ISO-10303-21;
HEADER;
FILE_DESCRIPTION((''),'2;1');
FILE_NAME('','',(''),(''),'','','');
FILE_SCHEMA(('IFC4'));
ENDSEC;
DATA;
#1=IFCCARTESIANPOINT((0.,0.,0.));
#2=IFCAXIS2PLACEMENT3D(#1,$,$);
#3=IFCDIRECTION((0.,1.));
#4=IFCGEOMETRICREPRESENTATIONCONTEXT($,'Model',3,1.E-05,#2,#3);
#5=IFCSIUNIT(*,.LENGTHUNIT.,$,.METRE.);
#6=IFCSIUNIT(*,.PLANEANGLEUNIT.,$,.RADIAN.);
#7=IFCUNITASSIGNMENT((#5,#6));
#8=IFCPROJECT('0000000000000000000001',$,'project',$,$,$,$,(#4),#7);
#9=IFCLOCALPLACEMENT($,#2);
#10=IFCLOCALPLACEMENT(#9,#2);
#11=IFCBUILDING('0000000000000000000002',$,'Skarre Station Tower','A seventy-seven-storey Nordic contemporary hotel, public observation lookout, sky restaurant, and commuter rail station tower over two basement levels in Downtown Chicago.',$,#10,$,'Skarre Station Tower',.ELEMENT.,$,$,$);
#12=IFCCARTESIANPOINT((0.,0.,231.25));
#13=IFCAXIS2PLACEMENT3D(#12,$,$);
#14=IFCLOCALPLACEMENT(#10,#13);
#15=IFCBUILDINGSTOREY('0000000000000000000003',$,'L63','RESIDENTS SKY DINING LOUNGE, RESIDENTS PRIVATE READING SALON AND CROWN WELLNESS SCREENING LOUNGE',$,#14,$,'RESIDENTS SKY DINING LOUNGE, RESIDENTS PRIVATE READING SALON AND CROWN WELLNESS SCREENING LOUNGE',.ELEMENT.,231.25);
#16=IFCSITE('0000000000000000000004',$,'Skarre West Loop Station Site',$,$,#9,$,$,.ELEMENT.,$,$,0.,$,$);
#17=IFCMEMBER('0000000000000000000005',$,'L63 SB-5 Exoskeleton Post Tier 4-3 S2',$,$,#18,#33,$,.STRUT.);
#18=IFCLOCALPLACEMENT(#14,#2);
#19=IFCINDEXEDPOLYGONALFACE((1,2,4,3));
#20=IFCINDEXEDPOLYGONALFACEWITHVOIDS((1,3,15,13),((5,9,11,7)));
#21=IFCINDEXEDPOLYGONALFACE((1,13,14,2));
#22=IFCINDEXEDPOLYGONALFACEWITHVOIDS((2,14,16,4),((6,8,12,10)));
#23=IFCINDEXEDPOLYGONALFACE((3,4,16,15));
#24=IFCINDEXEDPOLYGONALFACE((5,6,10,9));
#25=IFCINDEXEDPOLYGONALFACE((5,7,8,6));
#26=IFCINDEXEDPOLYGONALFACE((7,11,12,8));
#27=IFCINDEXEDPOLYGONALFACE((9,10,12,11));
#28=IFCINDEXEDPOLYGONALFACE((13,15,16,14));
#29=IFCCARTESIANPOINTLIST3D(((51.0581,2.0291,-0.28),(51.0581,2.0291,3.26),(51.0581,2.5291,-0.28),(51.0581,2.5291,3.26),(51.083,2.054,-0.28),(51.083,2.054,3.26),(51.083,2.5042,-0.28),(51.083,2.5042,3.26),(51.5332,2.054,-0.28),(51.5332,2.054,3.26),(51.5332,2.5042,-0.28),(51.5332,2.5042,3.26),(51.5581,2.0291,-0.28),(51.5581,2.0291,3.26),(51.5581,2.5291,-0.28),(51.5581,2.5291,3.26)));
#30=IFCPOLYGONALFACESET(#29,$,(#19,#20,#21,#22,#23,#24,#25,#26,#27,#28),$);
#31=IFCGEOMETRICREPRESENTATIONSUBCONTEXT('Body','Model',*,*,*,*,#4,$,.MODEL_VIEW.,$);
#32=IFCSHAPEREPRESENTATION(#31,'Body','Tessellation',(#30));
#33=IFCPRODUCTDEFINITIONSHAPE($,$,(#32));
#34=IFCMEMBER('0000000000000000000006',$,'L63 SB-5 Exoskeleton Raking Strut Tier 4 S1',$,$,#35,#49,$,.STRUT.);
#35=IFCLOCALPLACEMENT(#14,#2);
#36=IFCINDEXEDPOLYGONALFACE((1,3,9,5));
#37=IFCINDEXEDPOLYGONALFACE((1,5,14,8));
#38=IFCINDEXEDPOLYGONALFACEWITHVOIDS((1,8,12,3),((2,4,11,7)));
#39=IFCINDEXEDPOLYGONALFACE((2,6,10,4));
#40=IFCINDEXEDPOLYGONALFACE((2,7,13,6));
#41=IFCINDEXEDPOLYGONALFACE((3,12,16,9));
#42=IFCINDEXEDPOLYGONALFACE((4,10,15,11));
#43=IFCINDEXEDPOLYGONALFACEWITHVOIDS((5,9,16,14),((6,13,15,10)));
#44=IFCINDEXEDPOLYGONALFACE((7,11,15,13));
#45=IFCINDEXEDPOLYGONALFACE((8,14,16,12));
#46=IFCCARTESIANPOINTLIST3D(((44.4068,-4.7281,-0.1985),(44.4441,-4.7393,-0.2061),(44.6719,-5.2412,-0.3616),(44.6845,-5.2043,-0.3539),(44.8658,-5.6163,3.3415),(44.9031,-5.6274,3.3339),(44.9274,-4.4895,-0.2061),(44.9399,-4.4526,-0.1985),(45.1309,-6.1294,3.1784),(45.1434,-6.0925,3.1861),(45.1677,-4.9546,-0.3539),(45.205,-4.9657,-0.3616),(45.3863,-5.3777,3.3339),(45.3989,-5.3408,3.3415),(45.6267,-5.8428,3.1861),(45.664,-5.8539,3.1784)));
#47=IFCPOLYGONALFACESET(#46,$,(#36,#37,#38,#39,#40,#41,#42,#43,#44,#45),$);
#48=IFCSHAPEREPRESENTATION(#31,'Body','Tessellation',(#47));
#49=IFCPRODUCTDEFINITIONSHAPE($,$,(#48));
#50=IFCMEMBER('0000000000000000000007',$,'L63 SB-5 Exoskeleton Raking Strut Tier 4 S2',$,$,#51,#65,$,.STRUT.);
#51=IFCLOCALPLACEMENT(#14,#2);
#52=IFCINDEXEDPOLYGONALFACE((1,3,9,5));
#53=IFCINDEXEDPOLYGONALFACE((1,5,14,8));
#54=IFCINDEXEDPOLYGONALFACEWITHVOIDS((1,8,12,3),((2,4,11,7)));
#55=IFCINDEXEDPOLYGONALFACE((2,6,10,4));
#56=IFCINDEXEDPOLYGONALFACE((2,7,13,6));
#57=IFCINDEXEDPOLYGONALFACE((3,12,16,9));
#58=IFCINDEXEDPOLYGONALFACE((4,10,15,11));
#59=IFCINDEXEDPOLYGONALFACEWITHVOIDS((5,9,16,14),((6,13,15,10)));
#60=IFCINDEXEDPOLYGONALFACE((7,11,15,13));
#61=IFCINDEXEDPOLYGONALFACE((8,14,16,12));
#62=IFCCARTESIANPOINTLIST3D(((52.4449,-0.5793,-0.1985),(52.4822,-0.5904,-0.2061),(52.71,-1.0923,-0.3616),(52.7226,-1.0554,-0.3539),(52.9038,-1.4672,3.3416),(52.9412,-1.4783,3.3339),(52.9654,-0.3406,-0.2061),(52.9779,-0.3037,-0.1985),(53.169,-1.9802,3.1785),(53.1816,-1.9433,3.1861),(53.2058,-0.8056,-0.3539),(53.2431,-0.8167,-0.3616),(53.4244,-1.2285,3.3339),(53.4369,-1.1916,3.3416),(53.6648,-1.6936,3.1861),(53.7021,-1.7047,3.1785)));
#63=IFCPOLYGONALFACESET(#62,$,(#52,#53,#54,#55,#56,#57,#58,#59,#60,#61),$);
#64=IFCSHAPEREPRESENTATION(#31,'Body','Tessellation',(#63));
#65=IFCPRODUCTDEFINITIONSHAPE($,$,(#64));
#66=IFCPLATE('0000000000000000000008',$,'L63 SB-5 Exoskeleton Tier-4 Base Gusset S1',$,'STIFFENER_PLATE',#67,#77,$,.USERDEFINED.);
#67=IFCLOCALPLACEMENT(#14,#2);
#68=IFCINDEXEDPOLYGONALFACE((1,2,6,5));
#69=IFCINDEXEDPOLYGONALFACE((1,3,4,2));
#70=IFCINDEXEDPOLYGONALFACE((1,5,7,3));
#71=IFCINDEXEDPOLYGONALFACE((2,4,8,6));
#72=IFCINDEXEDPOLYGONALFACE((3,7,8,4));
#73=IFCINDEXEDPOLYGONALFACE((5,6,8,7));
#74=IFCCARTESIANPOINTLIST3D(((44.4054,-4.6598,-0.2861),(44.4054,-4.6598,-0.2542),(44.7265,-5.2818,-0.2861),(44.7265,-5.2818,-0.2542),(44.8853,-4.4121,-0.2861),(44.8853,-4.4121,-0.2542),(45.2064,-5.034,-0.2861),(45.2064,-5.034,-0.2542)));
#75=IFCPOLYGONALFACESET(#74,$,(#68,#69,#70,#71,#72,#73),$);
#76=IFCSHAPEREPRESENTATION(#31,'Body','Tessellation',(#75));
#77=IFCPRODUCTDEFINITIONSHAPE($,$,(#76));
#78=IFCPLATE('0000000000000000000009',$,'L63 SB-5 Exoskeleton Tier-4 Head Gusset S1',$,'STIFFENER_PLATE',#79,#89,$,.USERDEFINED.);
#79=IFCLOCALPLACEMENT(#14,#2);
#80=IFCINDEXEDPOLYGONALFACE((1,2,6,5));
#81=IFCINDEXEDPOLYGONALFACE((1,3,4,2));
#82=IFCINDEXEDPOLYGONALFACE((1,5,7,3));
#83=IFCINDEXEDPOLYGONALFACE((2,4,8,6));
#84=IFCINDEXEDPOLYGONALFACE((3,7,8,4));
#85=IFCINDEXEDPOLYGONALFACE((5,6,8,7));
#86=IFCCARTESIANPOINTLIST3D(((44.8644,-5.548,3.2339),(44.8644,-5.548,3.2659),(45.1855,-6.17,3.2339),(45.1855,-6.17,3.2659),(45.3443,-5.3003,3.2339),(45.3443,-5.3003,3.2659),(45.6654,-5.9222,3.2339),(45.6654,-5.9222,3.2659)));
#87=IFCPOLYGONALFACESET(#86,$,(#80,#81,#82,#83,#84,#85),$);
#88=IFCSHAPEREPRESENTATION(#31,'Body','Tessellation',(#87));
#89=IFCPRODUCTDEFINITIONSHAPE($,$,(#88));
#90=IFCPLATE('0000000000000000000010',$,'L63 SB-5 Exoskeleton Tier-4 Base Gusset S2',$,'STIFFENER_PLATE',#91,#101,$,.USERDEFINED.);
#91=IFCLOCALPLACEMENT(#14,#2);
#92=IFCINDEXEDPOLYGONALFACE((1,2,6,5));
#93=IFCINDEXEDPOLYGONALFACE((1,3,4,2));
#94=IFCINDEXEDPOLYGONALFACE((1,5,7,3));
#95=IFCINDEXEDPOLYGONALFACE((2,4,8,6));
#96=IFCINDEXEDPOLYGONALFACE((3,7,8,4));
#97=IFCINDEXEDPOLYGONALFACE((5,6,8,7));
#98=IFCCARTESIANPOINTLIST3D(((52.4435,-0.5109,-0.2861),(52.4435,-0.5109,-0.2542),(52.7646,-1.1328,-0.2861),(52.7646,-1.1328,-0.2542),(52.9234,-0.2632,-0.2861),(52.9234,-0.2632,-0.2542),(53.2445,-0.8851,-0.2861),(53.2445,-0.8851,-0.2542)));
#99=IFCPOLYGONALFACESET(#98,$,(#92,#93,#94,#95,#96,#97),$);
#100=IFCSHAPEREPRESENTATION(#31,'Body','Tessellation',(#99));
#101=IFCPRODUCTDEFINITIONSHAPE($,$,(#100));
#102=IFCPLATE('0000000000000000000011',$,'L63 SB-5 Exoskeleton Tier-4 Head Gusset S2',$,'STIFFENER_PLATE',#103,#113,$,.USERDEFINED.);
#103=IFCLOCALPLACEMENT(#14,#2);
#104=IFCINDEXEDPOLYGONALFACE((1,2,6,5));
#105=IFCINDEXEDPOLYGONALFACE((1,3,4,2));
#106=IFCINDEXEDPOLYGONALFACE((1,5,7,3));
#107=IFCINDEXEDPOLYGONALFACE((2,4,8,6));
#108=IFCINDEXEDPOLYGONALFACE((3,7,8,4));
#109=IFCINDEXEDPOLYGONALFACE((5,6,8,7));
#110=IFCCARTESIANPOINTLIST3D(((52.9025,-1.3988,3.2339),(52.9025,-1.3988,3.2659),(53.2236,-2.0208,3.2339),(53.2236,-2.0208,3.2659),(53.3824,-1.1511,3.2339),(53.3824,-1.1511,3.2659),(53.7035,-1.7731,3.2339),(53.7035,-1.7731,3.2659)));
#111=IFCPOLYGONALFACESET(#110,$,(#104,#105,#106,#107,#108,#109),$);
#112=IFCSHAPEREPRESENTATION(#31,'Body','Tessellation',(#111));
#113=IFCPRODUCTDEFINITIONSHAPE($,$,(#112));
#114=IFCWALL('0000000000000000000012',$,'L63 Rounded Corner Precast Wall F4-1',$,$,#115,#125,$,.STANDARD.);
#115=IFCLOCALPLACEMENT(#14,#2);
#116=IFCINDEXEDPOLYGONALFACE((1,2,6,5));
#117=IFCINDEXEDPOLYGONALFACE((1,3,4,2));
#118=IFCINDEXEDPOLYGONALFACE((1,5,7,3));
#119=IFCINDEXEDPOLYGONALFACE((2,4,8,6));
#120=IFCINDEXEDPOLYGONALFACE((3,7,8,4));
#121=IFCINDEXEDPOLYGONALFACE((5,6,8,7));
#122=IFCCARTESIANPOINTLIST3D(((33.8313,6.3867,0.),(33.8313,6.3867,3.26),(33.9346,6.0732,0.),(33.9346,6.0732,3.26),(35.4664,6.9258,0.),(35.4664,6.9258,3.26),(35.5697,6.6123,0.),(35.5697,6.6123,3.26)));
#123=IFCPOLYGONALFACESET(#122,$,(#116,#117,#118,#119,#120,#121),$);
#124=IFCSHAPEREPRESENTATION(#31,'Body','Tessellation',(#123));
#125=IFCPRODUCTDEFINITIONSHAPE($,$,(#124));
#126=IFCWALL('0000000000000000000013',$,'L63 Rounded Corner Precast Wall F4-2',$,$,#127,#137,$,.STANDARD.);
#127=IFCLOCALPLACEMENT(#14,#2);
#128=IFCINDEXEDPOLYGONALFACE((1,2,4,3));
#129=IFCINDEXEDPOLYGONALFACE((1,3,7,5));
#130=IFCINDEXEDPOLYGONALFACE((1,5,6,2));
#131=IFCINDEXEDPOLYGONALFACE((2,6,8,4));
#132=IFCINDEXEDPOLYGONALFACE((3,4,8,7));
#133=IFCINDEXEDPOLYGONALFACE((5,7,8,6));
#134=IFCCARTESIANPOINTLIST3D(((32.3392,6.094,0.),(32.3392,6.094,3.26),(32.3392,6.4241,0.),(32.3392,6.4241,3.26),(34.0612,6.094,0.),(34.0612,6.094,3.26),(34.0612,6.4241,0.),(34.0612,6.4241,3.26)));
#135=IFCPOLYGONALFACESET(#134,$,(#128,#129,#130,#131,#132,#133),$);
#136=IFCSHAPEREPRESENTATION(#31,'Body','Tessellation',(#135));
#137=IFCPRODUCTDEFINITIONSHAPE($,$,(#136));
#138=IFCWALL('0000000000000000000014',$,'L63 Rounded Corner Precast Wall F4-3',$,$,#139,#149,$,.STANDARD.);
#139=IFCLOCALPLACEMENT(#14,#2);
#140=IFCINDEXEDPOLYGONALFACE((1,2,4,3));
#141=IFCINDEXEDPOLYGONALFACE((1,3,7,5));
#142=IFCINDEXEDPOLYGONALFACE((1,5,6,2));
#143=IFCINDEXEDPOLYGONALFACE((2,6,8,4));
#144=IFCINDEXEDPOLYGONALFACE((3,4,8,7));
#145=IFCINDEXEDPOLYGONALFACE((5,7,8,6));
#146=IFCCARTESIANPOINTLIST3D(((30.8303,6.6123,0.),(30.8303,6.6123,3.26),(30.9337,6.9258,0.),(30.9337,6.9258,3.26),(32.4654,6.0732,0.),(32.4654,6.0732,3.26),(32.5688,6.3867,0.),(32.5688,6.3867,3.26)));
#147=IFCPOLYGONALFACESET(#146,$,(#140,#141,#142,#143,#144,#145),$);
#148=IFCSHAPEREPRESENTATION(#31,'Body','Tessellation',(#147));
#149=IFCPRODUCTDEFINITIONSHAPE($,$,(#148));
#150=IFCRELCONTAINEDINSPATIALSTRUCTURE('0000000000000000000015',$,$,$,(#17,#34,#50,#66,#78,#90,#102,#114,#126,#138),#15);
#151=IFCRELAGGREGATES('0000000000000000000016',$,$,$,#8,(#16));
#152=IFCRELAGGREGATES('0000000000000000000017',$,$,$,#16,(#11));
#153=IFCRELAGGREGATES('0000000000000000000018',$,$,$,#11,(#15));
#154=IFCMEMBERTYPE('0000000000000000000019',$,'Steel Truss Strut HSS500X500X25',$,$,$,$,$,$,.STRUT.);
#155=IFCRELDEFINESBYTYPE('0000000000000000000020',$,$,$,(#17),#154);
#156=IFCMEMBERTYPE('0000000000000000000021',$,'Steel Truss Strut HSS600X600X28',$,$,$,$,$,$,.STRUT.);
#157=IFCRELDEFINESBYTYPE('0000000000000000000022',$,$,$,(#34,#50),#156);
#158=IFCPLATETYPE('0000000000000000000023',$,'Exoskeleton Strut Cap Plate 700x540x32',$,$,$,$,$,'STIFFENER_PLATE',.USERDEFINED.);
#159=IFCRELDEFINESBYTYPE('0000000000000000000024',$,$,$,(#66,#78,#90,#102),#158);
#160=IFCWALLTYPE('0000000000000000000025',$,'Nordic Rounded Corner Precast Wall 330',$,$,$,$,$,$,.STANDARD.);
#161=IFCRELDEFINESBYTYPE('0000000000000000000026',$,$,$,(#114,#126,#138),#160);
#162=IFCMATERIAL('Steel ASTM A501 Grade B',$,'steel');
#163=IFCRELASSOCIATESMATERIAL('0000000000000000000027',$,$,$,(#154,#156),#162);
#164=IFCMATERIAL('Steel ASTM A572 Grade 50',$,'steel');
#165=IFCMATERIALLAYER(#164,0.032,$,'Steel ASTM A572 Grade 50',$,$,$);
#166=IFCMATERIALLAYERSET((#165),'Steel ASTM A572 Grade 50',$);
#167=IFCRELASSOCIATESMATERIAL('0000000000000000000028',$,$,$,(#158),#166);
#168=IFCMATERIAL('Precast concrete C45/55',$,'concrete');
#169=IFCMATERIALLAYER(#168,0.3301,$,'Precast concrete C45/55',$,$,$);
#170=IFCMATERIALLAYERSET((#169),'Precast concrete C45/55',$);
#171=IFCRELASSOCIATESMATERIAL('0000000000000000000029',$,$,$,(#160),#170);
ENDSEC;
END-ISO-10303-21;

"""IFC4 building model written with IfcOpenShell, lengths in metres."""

from ifc_helpers import new_model, si_unit, direction, frame, frame_2d, origin, origin_2d, place, context, subcontext, project, spatial, rectangle, hollow_rectangle, extrude, material, layer, layer_set, material_profile, profile_set, type_object, element, save


model = new_model("IFC4")

# Units and contexts
model_context = context("Model", 3, precision=1e-05, world=origin(), true_north=direction((0.0, 1.0)))
body_context = subcontext(model_context, "Body", "Model", "MODEL_VIEW")
ifc_project = project(units=[si_unit("LENGTHUNIT", "METRE"), si_unit("PLANEANGLEUNIT", "RADIAN")], contexts=[model_context])

# Site, building, storey
site_placement = place(None, origin())
site = spatial("IfcSite", under=ifc_project, at=site_placement, Name="Skarre West Loop Station Site", CompositionType="ELEMENT", RefElevation=0.0)
building_placement = place(site_placement, origin())
building = spatial("IfcBuilding", under=site, at=building_placement, Name="Skarre Station Tower", Description="A seventy-seven-storey Nordic contemporary hotel, public observation lookout, sky restaurant, and commuter rail station tower over two basement levels in Downtown Chicago.", LongName="Skarre Station Tower", CompositionType="ELEMENT")
storey_placement = place(building_placement, frame((0.0, 0.0, 231.25)))
storey = spatial("IfcBuildingStorey", under=building, at=storey_placement, Name="L63", Description="RESIDENTS SKY DINING LOUNGE, RESIDENTS PRIVATE READING SALON AND CROWN WELLNESS SCREENING LOUNGE", LongName="RESIDENTS SKY DINING LOUNGE, RESIDENTS PRIVATE READING SALON AND CROWN WELLNESS SCREENING LOUNGE", CompositionType="ELEMENT", Elevation=231.25)

# Members
ifc_material_1 = material(Name="Steel ASTM A501 Grade B", Category="steel")
ifc_material_profile_1 = material_profile(ifc_material_1, hollow_rectangle(XDim=0.5, YDim=0.5, WallThickness=0.0249, at=origin_2d()), Name="Steel ASTM A501 Grade B")
ifc_profile_set_1 = profile_set([ifc_material_profile_1], Name="Steel ASTM A501 Grade B")
member_type_1 = type_object("IfcMemberType", Name="Steel Truss Strut HSS500X500X25", PredefinedType="STRUT", material=ifc_profile_set_1)
for number, where, z_axis, x_axis, name in (
    (1, (51.3081, 2.2791, -0.28), (0.0, 0.0, 1.0), (1.0, 0.0, 0.0), "L63 SB-5 Exoskeleton Post Tier 4-3 S2"),
):
    element("IfcMember", number, at=place(storey_placement, frame(where, z_axis=z_axis, x_axis=x_axis)), inside=storey, type_object=member_type_1, Name=name, PredefinedType="STRUT", context=body_context, shape_type="SweptSolid", body=[
        extrude(hollow_rectangle(XDim=0.5, YDim=0.5, WallThickness=0.0249, at=origin_2d()), origin(), (0.0, 0.0, 1.0), 3.54),
    ])
ifc_material_profile_2 = material_profile(ifc_material_1, hollow_rectangle(XDim=0.6001, YDim=0.6001, WallThickness=0.0281, at=origin_2d()), Name="Steel ASTM A501 Grade B")
ifc_profile_set_2 = profile_set([ifc_material_profile_2], Name="Steel ASTM A501 Grade B")
member_type_2 = type_object("IfcMemberType", Name="Steel Truss Strut HSS600X600X28", PredefinedType="STRUT", material=ifc_profile_set_2)
for number, where, z_axis, x_axis, name in (
    (2, (44.8059, -4.8469, -0.28), (0.124775, -0.241452, 0.962358), (0.888389, 0.459091, 0.0), "L63 SB-5 Exoskeleton Raking Strut Tier 4 S1"),
    (3, (52.844, -0.698, -0.28), (0.124777, -0.24139, 0.962373), (0.888338, 0.45919, 0.0), "L63 SB-5 Exoskeleton Raking Strut Tier 4 S2"),
):
    element("IfcMember", number, at=place(storey_placement, frame(where, z_axis=z_axis, x_axis=x_axis)), inside=storey, type_object=member_type_2, Name=name, PredefinedType="STRUT", context=body_context, shape_type="SweptSolid", body=[
        extrude(hollow_rectangle(XDim=0.6001, YDim=0.6001, WallThickness=0.0281, at=origin_2d()), origin(), (0.0, 0.0, 1.0), 3.6785),
    ])

# Plates
ifc_material_2 = material(Name="Steel ASTM A572 Grade 50", Category="steel")
ifc_layer_1 = layer(ifc_material_2, 0.032, Name="Steel ASTM A572 Grade 50")
ifc_layer_set_1 = layer_set([ifc_layer_1], Name="Steel ASTM A572 Grade 50")
plate_type = type_object("IfcPlateType", Name="Exoskeleton Strut Cap Plate 700x540x32", ElementType="STIFFENER_PLATE", PredefinedType="USERDEFINED", material=ifc_layer_set_1)
for number, where, z_axis, x_axis, name in (
    (4, (44.8059, -4.8469, -0.2861), (0.0, 0.0, 1.0), (0.458712, -0.888585, 0.0), "L63 SB-5 Exoskeleton Tier-4 Base Gusset S1"),
    (5, (45.2649, -5.7351, 3.2339), (0.0, 0.0, 1.0), (0.458712, -0.888585, 0.0), "L63 SB-5 Exoskeleton Tier-4 Head Gusset S1"),
    (6, (52.844, -0.698, -0.2861), (0.0, 0.0, 1.0), (0.458712, -0.888585, 0.0), "L63 SB-5 Exoskeleton Tier-4 Base Gusset S2"),
    (7, (53.303, -1.5859, 3.2339), (0.0, 0.0, 1.0), (0.458712, -0.888585, 0.0), "L63 SB-5 Exoskeleton Tier-4 Head Gusset S2"),
):
    element("IfcPlate", number, at=place(storey_placement, frame(where, z_axis=z_axis, x_axis=x_axis)), inside=storey, type_object=plate_type, Name=name, ObjectType="STIFFENER_PLATE", PredefinedType="USERDEFINED", context=body_context, shape_type="SweptSolid", body=[
        extrude(rectangle(XDim=0.7, YDim=0.54, at=origin_2d()), origin(), (0.0, 0.0, 1.0), 0.032),
    ])

# Walls
ifc_material_3 = material(Name="Precast concrete C45/55", Category="concrete")
ifc_layer_2 = layer(ifc_material_3, 0.3301, Name="Precast concrete C45/55")
ifc_layer_set_2 = layer_set([ifc_layer_2], Name="Precast concrete C45/55")
wall_type_1 = type_object("IfcWallType", Name="Nordic Rounded Corner Precast Wall 330", PredefinedType="STANDARD", material=ifc_layer_set_2)
wall_1_placement = place(storey_placement, frame((35.5181, 6.769, 0.0), z_axis=(0.0, 0.0, 1.0), x_axis=(-0.949713, -0.31312, 0.0)))
element("IfcWall", 8, at=wall_1_placement, inside=storey, type_object=wall_type_1, Name="L63 Rounded Corner Precast Wall F4-1", PredefinedType="STANDARD", context=body_context, shape_type="SweptSolid", body=[
    extrude(rectangle(XDim=1.7217, YDim=0.3301, at=frame_2d((0.8608, 0.0))), origin(), (0.0, 0.0, 1.0), 3.26),
])
wall_2_placement = place(storey_placement, frame((34.061, 6.259, 0.0), z_axis=(0.0, 0.0, 1.0), x_axis=(-1.0, 0.0, 0.0)))
element("IfcWall", 9, at=wall_2_placement, inside=storey, type_object=wall_type_1, Name="L63 Rounded Corner Precast Wall F4-2", PredefinedType="STANDARD", context=body_context, shape_type="SweptSolid", body=[
    extrude(rectangle(XDim=1.7219, YDim=0.3301, at=frame_2d((0.8608, 0.0))), origin(), (0.0, 0.0, 1.0), 3.26),
])
wall_3_placement = place(storey_placement, frame((32.5171, 6.23, 0.0), z_axis=(0.0, 0.0, 1.0), x_axis=(-0.949713, 0.31312, 0.0)))
element("IfcWall", 10, at=wall_3_placement, inside=storey, type_object=wall_type_1, Name="L63 Rounded Corner Precast Wall F4-3", PredefinedType="STANDARD", context=body_context, shape_type="SweptSolid", body=[
    extrude(rectangle(XDim=1.7217, YDim=0.3301, at=frame_2d((0.8608, 0.0))), origin(), (0.0, 0.0, 1.0), 3.26),
])

save(model, "model.ifc")
